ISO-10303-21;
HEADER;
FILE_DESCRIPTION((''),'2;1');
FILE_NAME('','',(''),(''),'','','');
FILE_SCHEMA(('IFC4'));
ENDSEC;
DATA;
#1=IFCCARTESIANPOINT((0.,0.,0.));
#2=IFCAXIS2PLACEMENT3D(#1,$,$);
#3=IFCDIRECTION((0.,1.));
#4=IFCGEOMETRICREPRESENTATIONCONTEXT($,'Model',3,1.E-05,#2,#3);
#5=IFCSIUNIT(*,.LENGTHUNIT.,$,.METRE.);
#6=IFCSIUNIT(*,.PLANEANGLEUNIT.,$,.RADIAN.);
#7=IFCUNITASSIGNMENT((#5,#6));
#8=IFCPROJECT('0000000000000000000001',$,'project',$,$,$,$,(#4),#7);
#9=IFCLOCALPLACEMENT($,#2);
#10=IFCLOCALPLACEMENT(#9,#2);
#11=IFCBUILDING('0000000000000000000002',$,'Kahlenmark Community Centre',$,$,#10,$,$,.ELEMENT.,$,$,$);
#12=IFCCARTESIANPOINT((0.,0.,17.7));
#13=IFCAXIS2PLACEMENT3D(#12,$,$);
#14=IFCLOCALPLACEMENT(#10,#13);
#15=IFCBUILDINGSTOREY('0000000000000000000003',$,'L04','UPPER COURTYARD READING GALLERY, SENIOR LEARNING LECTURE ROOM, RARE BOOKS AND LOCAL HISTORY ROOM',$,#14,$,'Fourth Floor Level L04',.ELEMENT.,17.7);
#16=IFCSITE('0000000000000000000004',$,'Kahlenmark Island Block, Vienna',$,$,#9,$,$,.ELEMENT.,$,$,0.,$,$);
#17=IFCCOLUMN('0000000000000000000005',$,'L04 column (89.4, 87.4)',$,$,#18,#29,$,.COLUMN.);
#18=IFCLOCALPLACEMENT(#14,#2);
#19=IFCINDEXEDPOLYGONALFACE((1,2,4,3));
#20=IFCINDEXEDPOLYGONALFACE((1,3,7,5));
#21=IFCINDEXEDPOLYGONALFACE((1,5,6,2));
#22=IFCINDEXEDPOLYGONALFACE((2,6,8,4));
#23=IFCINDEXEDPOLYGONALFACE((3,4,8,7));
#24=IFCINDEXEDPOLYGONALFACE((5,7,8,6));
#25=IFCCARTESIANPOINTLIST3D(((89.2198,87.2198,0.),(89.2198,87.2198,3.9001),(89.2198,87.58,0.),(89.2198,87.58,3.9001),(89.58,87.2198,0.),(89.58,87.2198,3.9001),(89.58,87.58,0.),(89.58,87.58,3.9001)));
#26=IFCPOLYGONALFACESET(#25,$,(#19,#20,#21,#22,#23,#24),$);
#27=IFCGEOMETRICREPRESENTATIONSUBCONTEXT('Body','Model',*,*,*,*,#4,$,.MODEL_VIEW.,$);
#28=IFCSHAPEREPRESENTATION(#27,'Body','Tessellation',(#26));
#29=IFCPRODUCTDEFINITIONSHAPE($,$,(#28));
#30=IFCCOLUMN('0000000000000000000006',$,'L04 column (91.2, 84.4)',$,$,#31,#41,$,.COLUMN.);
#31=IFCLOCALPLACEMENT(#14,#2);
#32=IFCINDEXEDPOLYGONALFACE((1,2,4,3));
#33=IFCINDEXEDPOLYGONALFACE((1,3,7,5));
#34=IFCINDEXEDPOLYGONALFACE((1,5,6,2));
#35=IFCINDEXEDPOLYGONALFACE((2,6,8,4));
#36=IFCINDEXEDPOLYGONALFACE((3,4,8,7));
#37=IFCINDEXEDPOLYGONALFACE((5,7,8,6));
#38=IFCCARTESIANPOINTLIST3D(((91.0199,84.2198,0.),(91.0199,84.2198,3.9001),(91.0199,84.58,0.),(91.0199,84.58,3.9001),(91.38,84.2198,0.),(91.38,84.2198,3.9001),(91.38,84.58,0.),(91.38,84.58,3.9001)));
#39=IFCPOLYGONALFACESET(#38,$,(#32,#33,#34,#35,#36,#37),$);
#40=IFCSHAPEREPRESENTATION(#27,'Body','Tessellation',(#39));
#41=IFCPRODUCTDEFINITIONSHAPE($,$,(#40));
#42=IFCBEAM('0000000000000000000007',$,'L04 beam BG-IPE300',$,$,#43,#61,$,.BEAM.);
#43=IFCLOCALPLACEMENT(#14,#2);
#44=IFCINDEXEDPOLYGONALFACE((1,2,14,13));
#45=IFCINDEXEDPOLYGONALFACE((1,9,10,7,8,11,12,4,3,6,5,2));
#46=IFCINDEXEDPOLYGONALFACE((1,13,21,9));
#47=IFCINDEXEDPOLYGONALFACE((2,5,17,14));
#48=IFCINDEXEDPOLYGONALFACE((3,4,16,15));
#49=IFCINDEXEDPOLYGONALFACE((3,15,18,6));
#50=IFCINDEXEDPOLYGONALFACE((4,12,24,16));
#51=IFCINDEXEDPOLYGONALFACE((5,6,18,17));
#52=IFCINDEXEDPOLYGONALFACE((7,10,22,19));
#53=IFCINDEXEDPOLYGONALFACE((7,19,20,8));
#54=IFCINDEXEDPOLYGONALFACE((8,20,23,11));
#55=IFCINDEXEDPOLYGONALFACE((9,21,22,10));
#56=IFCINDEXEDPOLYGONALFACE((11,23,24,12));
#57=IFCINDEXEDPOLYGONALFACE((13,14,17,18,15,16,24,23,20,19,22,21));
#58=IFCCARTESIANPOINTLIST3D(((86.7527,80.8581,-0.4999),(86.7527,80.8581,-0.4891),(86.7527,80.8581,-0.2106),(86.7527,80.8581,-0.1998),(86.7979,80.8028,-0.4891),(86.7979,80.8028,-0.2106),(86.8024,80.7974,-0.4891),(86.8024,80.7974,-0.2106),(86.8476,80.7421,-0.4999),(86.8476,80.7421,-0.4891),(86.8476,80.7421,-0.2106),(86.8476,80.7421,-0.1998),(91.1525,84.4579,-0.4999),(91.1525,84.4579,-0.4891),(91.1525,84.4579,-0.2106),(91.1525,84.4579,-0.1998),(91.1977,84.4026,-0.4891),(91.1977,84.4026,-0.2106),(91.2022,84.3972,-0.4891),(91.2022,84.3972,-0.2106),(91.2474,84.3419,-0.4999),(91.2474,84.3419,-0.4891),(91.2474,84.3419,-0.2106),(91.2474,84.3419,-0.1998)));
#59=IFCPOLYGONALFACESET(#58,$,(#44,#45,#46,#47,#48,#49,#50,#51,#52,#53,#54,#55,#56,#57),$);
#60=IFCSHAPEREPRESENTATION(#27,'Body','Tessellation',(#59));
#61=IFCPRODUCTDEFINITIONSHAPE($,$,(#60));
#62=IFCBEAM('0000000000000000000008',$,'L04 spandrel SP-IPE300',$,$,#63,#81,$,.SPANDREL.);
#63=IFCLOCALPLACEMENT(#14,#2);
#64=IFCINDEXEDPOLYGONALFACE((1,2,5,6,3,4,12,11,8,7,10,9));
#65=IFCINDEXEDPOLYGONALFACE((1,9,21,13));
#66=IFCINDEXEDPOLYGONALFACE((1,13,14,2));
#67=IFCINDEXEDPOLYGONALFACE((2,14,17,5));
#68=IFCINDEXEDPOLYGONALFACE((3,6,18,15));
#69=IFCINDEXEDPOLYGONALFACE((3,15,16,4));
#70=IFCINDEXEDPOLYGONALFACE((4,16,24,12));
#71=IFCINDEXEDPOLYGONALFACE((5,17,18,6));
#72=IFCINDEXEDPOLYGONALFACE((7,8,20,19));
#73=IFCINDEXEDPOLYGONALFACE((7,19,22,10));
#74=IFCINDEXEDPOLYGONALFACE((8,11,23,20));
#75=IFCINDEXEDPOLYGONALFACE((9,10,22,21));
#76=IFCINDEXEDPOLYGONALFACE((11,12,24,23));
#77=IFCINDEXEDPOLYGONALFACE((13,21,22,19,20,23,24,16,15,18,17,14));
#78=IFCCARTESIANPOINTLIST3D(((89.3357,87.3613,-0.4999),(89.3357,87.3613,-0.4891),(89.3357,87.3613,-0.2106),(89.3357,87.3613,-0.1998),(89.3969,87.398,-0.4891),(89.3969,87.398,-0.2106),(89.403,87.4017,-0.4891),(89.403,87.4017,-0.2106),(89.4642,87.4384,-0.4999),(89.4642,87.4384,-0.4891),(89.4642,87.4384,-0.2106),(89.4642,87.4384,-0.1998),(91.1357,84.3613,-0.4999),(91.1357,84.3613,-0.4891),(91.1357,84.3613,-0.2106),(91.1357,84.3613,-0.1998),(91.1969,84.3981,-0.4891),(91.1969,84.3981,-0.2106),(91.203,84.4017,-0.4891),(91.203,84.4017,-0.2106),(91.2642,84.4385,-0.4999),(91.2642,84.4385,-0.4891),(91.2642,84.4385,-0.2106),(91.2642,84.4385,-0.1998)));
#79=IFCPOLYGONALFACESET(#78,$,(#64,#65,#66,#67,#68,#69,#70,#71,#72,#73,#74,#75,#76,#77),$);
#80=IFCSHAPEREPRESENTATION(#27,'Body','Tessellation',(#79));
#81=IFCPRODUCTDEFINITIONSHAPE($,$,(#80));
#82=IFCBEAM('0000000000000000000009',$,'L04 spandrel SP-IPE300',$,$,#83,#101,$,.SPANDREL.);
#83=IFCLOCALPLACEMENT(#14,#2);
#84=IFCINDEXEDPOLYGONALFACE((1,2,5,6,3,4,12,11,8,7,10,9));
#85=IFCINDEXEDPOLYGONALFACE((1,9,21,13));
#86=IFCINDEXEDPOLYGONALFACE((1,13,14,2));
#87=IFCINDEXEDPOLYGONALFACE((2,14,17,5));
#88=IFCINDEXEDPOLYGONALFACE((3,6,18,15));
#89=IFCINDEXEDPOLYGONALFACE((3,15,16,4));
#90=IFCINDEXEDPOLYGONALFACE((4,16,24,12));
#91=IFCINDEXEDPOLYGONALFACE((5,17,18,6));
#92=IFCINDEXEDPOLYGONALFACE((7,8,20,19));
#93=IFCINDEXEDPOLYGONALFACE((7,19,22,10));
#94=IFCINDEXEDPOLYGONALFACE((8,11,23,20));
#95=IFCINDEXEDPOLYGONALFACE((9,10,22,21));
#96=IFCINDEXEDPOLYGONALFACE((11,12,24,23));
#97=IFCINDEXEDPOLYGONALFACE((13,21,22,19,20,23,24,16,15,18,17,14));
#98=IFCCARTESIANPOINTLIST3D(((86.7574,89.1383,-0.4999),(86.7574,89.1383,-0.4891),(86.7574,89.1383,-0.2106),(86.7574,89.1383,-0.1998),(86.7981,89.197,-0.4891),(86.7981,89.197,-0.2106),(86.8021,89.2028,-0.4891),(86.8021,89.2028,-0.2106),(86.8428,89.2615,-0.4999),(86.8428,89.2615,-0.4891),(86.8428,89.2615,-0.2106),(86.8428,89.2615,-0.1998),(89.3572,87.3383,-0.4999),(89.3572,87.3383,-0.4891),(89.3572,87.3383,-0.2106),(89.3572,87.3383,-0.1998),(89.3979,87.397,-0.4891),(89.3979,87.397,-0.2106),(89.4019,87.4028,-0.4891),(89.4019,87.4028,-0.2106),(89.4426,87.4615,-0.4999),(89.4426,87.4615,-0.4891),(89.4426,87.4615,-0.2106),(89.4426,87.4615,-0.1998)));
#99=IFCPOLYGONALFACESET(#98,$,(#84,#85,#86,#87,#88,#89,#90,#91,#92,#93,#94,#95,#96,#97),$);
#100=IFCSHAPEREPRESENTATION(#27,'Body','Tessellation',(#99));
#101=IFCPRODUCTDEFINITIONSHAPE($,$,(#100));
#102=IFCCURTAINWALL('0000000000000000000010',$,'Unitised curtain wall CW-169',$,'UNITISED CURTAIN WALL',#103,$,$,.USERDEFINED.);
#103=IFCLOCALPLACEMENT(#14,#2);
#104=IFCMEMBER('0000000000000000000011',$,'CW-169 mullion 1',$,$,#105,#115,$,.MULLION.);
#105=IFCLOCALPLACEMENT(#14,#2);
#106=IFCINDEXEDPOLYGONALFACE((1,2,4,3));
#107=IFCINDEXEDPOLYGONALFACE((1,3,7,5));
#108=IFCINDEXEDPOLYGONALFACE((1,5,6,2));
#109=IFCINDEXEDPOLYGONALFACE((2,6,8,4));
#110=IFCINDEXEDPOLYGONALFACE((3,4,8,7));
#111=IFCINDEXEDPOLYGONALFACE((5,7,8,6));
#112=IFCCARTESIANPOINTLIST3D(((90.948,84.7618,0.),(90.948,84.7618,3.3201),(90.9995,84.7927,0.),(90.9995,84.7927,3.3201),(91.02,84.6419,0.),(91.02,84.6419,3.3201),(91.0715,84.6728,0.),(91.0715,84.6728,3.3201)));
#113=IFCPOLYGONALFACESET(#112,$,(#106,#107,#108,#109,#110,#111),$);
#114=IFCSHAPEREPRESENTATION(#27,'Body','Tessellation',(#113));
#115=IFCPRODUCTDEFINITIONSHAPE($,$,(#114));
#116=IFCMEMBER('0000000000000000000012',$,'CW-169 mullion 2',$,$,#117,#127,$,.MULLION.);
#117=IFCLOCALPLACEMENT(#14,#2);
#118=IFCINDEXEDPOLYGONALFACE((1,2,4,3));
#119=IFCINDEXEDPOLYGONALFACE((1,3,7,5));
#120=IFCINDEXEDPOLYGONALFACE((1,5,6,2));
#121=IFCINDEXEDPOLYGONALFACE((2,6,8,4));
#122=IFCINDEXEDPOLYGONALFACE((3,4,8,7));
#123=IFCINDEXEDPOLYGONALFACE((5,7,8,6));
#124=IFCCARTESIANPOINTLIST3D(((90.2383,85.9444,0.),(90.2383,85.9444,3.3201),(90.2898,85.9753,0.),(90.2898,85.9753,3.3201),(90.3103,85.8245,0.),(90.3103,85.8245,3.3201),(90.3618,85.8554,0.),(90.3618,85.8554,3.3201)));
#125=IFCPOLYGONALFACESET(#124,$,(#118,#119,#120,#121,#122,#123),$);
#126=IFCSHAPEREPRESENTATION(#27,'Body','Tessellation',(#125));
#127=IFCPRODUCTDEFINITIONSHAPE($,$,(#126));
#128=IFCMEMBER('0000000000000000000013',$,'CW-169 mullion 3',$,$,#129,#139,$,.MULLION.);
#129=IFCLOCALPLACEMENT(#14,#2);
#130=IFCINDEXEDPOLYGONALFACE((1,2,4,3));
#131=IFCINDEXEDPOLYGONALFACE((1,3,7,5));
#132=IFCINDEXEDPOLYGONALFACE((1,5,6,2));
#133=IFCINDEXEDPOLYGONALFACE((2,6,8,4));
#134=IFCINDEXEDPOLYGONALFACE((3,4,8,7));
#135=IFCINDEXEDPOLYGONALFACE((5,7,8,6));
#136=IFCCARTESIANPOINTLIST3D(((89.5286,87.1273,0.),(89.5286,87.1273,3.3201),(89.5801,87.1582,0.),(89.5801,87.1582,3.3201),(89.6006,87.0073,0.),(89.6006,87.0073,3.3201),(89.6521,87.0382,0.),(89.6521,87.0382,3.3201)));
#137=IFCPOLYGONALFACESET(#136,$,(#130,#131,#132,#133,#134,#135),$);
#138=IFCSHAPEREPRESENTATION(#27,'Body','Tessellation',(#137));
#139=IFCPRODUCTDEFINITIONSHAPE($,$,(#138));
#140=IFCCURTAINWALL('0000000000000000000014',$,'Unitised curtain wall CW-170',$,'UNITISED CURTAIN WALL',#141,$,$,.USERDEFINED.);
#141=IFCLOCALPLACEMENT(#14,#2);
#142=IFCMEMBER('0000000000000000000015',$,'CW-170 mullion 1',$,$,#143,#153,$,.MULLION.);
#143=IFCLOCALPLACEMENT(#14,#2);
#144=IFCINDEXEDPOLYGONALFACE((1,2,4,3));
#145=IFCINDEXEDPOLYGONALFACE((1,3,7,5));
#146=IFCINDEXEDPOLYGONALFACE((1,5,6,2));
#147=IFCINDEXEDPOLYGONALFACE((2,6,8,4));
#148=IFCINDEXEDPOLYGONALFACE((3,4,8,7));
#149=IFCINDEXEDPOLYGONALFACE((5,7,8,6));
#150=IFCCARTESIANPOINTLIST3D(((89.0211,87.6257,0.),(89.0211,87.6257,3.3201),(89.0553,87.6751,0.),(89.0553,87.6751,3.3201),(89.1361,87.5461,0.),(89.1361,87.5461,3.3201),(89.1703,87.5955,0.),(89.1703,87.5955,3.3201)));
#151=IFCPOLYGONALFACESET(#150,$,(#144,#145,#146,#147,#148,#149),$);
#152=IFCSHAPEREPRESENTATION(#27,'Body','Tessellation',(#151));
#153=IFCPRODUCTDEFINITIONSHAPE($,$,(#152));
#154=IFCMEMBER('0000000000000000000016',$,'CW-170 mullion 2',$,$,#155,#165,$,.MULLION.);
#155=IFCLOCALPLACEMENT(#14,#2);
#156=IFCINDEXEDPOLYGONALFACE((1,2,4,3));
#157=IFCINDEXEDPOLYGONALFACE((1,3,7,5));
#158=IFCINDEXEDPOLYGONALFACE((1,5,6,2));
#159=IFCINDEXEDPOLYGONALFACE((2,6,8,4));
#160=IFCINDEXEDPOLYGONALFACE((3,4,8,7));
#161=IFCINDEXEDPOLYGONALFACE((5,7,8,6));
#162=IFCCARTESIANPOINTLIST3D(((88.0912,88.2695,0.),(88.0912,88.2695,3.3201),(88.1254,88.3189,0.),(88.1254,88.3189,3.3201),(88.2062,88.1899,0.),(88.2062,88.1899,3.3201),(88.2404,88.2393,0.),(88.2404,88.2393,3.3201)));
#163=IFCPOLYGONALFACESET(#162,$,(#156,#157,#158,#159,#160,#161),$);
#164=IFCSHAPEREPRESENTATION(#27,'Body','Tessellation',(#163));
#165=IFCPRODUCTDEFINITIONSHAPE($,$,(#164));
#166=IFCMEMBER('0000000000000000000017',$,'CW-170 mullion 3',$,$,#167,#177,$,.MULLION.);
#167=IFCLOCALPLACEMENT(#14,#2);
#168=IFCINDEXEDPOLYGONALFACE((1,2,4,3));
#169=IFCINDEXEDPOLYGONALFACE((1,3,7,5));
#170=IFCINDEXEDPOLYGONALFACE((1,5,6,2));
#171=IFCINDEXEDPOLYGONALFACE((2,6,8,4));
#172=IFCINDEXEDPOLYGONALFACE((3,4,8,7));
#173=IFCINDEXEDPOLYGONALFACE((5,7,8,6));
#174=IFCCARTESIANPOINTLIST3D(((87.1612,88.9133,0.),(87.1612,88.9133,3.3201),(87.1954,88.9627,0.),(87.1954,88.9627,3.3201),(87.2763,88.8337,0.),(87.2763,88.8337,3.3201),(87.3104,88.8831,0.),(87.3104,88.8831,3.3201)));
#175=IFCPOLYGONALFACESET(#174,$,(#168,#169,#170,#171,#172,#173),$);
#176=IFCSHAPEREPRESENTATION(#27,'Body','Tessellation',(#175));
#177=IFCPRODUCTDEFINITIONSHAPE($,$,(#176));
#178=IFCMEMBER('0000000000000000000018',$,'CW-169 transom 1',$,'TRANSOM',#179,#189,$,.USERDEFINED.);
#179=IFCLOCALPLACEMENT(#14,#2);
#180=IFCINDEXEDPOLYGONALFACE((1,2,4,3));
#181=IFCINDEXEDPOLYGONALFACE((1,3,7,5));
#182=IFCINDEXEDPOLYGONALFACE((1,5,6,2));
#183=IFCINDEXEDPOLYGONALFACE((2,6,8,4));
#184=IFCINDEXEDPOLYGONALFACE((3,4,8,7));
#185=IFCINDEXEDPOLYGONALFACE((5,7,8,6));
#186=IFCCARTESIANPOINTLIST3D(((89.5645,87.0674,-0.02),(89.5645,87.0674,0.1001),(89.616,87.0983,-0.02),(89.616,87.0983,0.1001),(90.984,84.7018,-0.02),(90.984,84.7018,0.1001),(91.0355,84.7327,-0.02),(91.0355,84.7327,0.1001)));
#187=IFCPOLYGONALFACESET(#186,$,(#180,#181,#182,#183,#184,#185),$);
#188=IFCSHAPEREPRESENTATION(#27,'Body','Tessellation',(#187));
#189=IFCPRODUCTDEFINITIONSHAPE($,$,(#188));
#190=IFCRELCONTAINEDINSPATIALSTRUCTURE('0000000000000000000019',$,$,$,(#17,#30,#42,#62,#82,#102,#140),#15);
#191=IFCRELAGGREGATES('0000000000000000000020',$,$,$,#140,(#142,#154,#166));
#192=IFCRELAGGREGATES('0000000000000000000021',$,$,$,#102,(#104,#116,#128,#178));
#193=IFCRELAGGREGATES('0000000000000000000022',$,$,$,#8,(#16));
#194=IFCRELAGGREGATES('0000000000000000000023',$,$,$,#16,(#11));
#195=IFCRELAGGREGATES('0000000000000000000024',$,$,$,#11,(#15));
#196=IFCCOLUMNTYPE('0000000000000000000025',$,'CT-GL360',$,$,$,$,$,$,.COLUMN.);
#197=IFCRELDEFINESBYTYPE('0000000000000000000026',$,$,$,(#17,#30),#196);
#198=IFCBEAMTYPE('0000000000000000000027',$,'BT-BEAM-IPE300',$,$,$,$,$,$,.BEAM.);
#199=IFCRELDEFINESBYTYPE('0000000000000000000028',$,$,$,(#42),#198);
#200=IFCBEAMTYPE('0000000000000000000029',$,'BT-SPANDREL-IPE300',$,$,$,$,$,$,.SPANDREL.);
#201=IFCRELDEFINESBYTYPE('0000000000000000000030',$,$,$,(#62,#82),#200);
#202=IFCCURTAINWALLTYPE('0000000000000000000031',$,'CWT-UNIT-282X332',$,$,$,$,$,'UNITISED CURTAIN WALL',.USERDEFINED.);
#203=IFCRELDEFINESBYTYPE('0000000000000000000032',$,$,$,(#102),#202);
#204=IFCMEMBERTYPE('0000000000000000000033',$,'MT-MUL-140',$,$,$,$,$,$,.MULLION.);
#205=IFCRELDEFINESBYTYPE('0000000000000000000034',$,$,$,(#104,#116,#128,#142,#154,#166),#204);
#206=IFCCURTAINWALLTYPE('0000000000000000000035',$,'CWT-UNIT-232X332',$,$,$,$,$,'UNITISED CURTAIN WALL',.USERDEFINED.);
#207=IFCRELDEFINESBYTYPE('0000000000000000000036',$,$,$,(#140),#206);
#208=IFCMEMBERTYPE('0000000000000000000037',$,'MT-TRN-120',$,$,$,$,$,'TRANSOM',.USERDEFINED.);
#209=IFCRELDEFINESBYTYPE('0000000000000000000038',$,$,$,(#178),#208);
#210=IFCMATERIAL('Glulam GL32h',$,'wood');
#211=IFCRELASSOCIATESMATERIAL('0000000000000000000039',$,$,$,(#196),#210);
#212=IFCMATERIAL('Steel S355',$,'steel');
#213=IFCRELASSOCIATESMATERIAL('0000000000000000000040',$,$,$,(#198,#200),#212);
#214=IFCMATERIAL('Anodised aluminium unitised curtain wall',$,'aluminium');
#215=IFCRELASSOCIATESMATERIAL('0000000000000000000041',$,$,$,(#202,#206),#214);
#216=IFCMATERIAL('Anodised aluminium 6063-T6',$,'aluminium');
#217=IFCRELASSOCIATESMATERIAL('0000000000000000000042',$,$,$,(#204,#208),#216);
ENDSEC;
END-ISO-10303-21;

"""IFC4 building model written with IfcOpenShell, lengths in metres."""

from ifc_helpers import new_model, si_unit, direction, frame, origin, origin_2d, place, context, subcontext, project, spatial, rectangle, i_section, extrude, material, material_profile, profile_set, type_object, element, aggregate, save


model = new_model("IFC4")

# Units and contexts
model_context = context("Model", 3, precision=1e-05, world=origin(), true_north=direction((0.0, 1.0)))
body_context = subcontext(model_context, "Body", "Model", "MODEL_VIEW")
ifc_project = project(units=[si_unit("LENGTHUNIT", "METRE"), si_unit("PLANEANGLEUNIT", "RADIAN")], contexts=[model_context])

# Site, building, storey
site_placement = place(None, origin())
site = spatial("IfcSite", under=ifc_project, at=site_placement, Name="Kahlenmark Island Block, Vienna", CompositionType="ELEMENT", RefElevation=0.0)
building_placement = place(site_placement, origin())
building = spatial("IfcBuilding", under=site, at=building_placement, Name="Kahlenmark Community Centre", CompositionType="ELEMENT")
storey_placement = place(building_placement, frame((0.0, 0.0, 17.7)))
storey = spatial("IfcBuildingStorey", under=building, at=storey_placement, Name="L04", Description="UPPER COURTYARD READING GALLERY, SENIOR LEARNING LECTURE ROOM, RARE BOOKS AND LOCAL HISTORY ROOM", LongName="Fourth Floor Level L04", CompositionType="ELEMENT", Elevation=17.7)

# Columns
ifc_material_1 = material(Name="Glulam GL32h", Category="wood")
ifc_material_profile_1 = material_profile(ifc_material_1, rectangle(XDim=0.3601, YDim=0.3601, at=origin_2d()), Name="GL32h 360x360")
ifc_profile_set_1 = profile_set([ifc_material_profile_1], Name="Glulam GL32h")
column_type = type_object("IfcColumnType", Name="CT-GL360", PredefinedType="COLUMN", material=ifc_profile_set_1)
for number, where, z_axis, x_axis, name in (
    (1, (89.3999, 87.3999, 0.0), (0.0, 0.0, 1.0), (1.0, 0.0, 0.0), "L04 column (89.4, 87.4)"),
    (2, (91.2, 84.3999, 0.0), (0.0, 0.0, 1.0), (1.0, 0.0, 0.0), "L04 column (91.2, 84.4)"),
):
    element("IfcColumn", number, at=place(storey_placement, frame(where, z_axis=z_axis, x_axis=x_axis)), inside=storey, type_object=column_type, Name=name, PredefinedType="COLUMN", context=body_context, shape_type="SweptSolid", body=[
        extrude(rectangle(XDim=0.3601, YDim=0.3601, at=origin_2d()), origin(), (0.0, 0.0, 1.0), 3.9001),
    ])

# Beams
ifc_material_2 = material(Name="Steel S355", Category="steel")
ifc_material_profile_2 = material_profile(ifc_material_2, i_section(OverallWidth=0.1499, OverallDepth=0.3, WebThickness=0.0071, FlangeThickness=0.0107, at=origin_2d()), Name="IPE 300")
ifc_profile_set_2 = profile_set([ifc_material_profile_2], Name="Steel S355")
beam_type_1 = type_object("IfcBeamType", Name="BT-BEAM-IPE300", PredefinedType="BEAM", material=ifc_profile_set_2)
beam_1_placement = place(storey_placement, frame((91.2, 84.3999, -0.3499), z_axis=(-0.773963, -0.633231, 0.0), x_axis=(0.633231, -0.773963, 0.0)))
element("IfcBeam", 3, at=beam_1_placement, inside=storey, type_object=beam_type_1, Name="L04 beam BG-IPE300", PredefinedType="BEAM", context=body_context, shape_type="SweptSolid", body=[
    extrude(i_section(OverallWidth=0.1499, OverallDepth=0.3, WebThickness=0.0071, FlangeThickness=0.0107, at=origin_2d()), origin(), (0.0, 0.0, 1.0), 5.6848),
])
ifc_material_profile_3 = material_profile(ifc_material_2, i_section(OverallWidth=0.1499, OverallDepth=0.3, WebThickness=0.0071, FlangeThickness=0.0107, at=origin_2d()), Name="IPE 300")
ifc_profile_set_3 = profile_set([ifc_material_profile_3], Name="Steel S355")
beam_type_2 = type_object("IfcBeamType", Name="BT-SPANDREL-IPE300", PredefinedType="SPANDREL", material=ifc_profile_set_3)
beam_2_placement = place(storey_placement, frame((91.2, 84.3999, -0.3499), z_axis=(-0.514506, 0.857487, 0.0), x_axis=(-0.857487, -0.514506, 0.0)))
element("IfcBeam", 4, at=beam_2_placement, inside=storey, type_object=beam_type_2, Name="L04 spandrel SP-IPE300", PredefinedType="SPANDREL", context=body_context, shape_type="SweptSolid", body=[
    extrude(i_section(OverallWidth=0.1499, OverallDepth=0.3, WebThickness=0.0071, FlangeThickness=0.0107, at=origin_2d()), origin(), (0.0, 0.0, 1.0), 3.4985),
])
beam_3_placement = place(storey_placement, frame((89.3999, 87.3999, -0.3499), z_axis=(-0.82217, 0.569242, 0.0), x_axis=(-0.569242, -0.82217, 0.0)))
element("IfcBeam", 5, at=beam_3_placement, inside=storey, type_object=beam_type_2, Name="L04 spandrel SP-IPE300", PredefinedType="SPANDREL", context=body_context, shape_type="SweptSolid", body=[
    extrude(i_section(OverallWidth=0.1499, OverallDepth=0.3, WebThickness=0.0071, FlangeThickness=0.0107, at=origin_2d()), origin(), (0.0, 0.0, 1.0), 3.1621),
])

# Curtain walls, members
ifc_material_3 = material(Name="Anodised aluminium unitised curtain wall", Category="aluminium")
curtain_wall_type_1 = type_object("IfcCurtainWallType", Name="CWT-UNIT-282X332", ElementType="UNITISED CURTAIN WALL", PredefinedType="USERDEFINED", material=ifc_material_3)
curtain_wall_1_placement = place(storey_placement, origin())
curtain_wall_1 = element("IfcCurtainWall", 6, at=curtain_wall_1_placement, inside=storey, type_object=curtain_wall_type_1, Name="Unitised curtain wall CW-169", ObjectType="UNITISED CURTAIN WALL", PredefinedType="USERDEFINED")
ifc_material_4 = material(Name="Anodised aluminium 6063-T6", Category="aluminium")
ifc_material_profile_4 = material_profile(ifc_material_4, rectangle(XDim=0.0601, YDim=0.1399, at=origin_2d()), Name="ALU MULLION 60x140")
ifc_profile_set_4 = profile_set([ifc_material_profile_4], Name="Anodised aluminium 6063-T6")
member_type_1 = type_object("IfcMemberType", Name="MT-MUL-140", PredefinedType="MULLION", material=ifc_profile_set_4)
member_1_placement = place(storey_placement, frame((91.0098, 84.7173, 0.0), z_axis=(0.0, 0.0, 1.0), x_axis=(-0.857493, -0.514496, 0.0)))
member_1 = element("IfcMember", 7, at=member_1_placement, type_object=member_type_1, Name="CW-169 mullion 1", PredefinedType="MULLION", context=body_context, shape_type="SweptSolid", body=[
    extrude(rectangle(XDim=0.0601, YDim=0.1399, at=origin_2d()), origin(), (0.0, 0.0, 1.0), 3.3201),
])
member_2_placement = place(storey_placement, frame((90.3, 85.8999, 0.0), z_axis=(0.0, 0.0, 1.0), x_axis=(-0.857493, -0.514496, 0.0)))
member_2 = element("IfcMember", 8, at=member_2_placement, type_object=member_type_1, Name="CW-169 mullion 2", PredefinedType="MULLION", context=body_context, shape_type="SweptSolid", body=[
    extrude(rectangle(XDim=0.0601, YDim=0.1399, at=origin_2d()), origin(), (0.0, 0.0, 1.0), 3.3201),
])
member_3_placement = place(storey_placement, frame((89.5903, 87.0828, 0.0), z_axis=(0.0, 0.0, 1.0), x_axis=(-0.857493, -0.514496, 0.0)))
member_3 = element("IfcMember", 9, at=member_3_placement, type_object=member_type_1, Name="CW-169 mullion 3", PredefinedType="MULLION", context=body_context, shape_type="SweptSolid", body=[
    extrude(rectangle(XDim=0.0601, YDim=0.1399, at=origin_2d()), origin(), (0.0, 0.0, 1.0), 3.3201),
])
curtain_wall_type_2 = type_object("IfcCurtainWallType", Name="CWT-UNIT-232X332", ElementType="UNITISED CURTAIN WALL", PredefinedType="USERDEFINED", material=ifc_material_3)
curtain_wall_2_placement = place(storey_placement, origin())
curtain_wall_2 = element("IfcCurtainWall", 10, at=curtain_wall_2_placement, inside=storey, type_object=curtain_wall_type_2, Name="Unitised curtain wall CW-170", ObjectType="UNITISED CURTAIN WALL", PredefinedType="USERDEFINED")
member_4_placement = place(storey_placement, frame((89.0957, 87.6106, 0.0), z_axis=(0.0, 0.0, 1.0), x_axis=(-0.569212, -0.822191, 0.0)))
member_4 = element("IfcMember", 11, at=member_4_placement, type_object=member_type_1, Name="CW-170 mullion 1", PredefinedType="MULLION", context=body_context, shape_type="SweptSolid", body=[
    extrude(rectangle(XDim=0.0601, YDim=0.1399, at=origin_2d()), origin(), (0.0, 0.0, 1.0), 3.3201),
])
member_5_placement = place(storey_placement, frame((88.1658, 88.2544, 0.0), z_axis=(0.0, 0.0, 1.0), x_axis=(-0.569212, -0.822191, 0.0)))
member_5 = element("IfcMember", 12, at=member_5_placement, type_object=member_type_1, Name="CW-170 mullion 2", PredefinedType="MULLION", context=body_context, shape_type="SweptSolid", body=[
    extrude(rectangle(XDim=0.0601, YDim=0.1399, at=origin_2d()), origin(), (0.0, 0.0, 1.0), 3.3201),
])
member_6_placement = place(storey_placement, frame((87.2358, 88.8982, 0.0), z_axis=(0.0, 0.0, 1.0), x_axis=(-0.569212, -0.822191, 0.0)))
member_6 = element("IfcMember", 13, at=member_6_placement, type_object=member_type_1, Name="CW-170 mullion 3", PredefinedType="MULLION", context=body_context, shape_type="SweptSolid", body=[
    extrude(rectangle(XDim=0.0601, YDim=0.1399, at=origin_2d()), origin(), (0.0, 0.0, 1.0), 3.3201),
])

# Member
ifc_material_profile_5 = material_profile(ifc_material_4, rectangle(XDim=0.0601, YDim=0.1201, at=origin_2d()), Name="ALU TRANSOM 60x120")
ifc_profile_set_5 = profile_set([ifc_material_profile_5], Name="Anodised aluminium 6063-T6")
member_type_2 = type_object("IfcMemberType", Name="MT-TRN-120", ElementType="TRANSOM", PredefinedType="USERDEFINED", material=ifc_profile_set_5)
member_7_placement = place(storey_placement, frame((91.0098, 84.7173, 0.04), z_axis=(-0.514535, 0.857469, 0.0), x_axis=(-0.857469, -0.514535, 0.0)))
member_7 = element("IfcMember", 14, at=member_7_placement, type_object=member_type_2, Name="CW-169 transom 1", ObjectType="TRANSOM", PredefinedType="USERDEFINED", context=body_context, shape_type="SweptSolid", body=[
    extrude(rectangle(XDim=0.0601, YDim=0.1201, at=origin_2d()), origin(), (0.0, 0.0, 1.0), 2.7588),
])

aggregate(curtain_wall_2, [member_4, member_5, member_6])
aggregate(curtain_wall_1, [member_1, member_2, member_3, member_7])

save(model, "model.ifc")
